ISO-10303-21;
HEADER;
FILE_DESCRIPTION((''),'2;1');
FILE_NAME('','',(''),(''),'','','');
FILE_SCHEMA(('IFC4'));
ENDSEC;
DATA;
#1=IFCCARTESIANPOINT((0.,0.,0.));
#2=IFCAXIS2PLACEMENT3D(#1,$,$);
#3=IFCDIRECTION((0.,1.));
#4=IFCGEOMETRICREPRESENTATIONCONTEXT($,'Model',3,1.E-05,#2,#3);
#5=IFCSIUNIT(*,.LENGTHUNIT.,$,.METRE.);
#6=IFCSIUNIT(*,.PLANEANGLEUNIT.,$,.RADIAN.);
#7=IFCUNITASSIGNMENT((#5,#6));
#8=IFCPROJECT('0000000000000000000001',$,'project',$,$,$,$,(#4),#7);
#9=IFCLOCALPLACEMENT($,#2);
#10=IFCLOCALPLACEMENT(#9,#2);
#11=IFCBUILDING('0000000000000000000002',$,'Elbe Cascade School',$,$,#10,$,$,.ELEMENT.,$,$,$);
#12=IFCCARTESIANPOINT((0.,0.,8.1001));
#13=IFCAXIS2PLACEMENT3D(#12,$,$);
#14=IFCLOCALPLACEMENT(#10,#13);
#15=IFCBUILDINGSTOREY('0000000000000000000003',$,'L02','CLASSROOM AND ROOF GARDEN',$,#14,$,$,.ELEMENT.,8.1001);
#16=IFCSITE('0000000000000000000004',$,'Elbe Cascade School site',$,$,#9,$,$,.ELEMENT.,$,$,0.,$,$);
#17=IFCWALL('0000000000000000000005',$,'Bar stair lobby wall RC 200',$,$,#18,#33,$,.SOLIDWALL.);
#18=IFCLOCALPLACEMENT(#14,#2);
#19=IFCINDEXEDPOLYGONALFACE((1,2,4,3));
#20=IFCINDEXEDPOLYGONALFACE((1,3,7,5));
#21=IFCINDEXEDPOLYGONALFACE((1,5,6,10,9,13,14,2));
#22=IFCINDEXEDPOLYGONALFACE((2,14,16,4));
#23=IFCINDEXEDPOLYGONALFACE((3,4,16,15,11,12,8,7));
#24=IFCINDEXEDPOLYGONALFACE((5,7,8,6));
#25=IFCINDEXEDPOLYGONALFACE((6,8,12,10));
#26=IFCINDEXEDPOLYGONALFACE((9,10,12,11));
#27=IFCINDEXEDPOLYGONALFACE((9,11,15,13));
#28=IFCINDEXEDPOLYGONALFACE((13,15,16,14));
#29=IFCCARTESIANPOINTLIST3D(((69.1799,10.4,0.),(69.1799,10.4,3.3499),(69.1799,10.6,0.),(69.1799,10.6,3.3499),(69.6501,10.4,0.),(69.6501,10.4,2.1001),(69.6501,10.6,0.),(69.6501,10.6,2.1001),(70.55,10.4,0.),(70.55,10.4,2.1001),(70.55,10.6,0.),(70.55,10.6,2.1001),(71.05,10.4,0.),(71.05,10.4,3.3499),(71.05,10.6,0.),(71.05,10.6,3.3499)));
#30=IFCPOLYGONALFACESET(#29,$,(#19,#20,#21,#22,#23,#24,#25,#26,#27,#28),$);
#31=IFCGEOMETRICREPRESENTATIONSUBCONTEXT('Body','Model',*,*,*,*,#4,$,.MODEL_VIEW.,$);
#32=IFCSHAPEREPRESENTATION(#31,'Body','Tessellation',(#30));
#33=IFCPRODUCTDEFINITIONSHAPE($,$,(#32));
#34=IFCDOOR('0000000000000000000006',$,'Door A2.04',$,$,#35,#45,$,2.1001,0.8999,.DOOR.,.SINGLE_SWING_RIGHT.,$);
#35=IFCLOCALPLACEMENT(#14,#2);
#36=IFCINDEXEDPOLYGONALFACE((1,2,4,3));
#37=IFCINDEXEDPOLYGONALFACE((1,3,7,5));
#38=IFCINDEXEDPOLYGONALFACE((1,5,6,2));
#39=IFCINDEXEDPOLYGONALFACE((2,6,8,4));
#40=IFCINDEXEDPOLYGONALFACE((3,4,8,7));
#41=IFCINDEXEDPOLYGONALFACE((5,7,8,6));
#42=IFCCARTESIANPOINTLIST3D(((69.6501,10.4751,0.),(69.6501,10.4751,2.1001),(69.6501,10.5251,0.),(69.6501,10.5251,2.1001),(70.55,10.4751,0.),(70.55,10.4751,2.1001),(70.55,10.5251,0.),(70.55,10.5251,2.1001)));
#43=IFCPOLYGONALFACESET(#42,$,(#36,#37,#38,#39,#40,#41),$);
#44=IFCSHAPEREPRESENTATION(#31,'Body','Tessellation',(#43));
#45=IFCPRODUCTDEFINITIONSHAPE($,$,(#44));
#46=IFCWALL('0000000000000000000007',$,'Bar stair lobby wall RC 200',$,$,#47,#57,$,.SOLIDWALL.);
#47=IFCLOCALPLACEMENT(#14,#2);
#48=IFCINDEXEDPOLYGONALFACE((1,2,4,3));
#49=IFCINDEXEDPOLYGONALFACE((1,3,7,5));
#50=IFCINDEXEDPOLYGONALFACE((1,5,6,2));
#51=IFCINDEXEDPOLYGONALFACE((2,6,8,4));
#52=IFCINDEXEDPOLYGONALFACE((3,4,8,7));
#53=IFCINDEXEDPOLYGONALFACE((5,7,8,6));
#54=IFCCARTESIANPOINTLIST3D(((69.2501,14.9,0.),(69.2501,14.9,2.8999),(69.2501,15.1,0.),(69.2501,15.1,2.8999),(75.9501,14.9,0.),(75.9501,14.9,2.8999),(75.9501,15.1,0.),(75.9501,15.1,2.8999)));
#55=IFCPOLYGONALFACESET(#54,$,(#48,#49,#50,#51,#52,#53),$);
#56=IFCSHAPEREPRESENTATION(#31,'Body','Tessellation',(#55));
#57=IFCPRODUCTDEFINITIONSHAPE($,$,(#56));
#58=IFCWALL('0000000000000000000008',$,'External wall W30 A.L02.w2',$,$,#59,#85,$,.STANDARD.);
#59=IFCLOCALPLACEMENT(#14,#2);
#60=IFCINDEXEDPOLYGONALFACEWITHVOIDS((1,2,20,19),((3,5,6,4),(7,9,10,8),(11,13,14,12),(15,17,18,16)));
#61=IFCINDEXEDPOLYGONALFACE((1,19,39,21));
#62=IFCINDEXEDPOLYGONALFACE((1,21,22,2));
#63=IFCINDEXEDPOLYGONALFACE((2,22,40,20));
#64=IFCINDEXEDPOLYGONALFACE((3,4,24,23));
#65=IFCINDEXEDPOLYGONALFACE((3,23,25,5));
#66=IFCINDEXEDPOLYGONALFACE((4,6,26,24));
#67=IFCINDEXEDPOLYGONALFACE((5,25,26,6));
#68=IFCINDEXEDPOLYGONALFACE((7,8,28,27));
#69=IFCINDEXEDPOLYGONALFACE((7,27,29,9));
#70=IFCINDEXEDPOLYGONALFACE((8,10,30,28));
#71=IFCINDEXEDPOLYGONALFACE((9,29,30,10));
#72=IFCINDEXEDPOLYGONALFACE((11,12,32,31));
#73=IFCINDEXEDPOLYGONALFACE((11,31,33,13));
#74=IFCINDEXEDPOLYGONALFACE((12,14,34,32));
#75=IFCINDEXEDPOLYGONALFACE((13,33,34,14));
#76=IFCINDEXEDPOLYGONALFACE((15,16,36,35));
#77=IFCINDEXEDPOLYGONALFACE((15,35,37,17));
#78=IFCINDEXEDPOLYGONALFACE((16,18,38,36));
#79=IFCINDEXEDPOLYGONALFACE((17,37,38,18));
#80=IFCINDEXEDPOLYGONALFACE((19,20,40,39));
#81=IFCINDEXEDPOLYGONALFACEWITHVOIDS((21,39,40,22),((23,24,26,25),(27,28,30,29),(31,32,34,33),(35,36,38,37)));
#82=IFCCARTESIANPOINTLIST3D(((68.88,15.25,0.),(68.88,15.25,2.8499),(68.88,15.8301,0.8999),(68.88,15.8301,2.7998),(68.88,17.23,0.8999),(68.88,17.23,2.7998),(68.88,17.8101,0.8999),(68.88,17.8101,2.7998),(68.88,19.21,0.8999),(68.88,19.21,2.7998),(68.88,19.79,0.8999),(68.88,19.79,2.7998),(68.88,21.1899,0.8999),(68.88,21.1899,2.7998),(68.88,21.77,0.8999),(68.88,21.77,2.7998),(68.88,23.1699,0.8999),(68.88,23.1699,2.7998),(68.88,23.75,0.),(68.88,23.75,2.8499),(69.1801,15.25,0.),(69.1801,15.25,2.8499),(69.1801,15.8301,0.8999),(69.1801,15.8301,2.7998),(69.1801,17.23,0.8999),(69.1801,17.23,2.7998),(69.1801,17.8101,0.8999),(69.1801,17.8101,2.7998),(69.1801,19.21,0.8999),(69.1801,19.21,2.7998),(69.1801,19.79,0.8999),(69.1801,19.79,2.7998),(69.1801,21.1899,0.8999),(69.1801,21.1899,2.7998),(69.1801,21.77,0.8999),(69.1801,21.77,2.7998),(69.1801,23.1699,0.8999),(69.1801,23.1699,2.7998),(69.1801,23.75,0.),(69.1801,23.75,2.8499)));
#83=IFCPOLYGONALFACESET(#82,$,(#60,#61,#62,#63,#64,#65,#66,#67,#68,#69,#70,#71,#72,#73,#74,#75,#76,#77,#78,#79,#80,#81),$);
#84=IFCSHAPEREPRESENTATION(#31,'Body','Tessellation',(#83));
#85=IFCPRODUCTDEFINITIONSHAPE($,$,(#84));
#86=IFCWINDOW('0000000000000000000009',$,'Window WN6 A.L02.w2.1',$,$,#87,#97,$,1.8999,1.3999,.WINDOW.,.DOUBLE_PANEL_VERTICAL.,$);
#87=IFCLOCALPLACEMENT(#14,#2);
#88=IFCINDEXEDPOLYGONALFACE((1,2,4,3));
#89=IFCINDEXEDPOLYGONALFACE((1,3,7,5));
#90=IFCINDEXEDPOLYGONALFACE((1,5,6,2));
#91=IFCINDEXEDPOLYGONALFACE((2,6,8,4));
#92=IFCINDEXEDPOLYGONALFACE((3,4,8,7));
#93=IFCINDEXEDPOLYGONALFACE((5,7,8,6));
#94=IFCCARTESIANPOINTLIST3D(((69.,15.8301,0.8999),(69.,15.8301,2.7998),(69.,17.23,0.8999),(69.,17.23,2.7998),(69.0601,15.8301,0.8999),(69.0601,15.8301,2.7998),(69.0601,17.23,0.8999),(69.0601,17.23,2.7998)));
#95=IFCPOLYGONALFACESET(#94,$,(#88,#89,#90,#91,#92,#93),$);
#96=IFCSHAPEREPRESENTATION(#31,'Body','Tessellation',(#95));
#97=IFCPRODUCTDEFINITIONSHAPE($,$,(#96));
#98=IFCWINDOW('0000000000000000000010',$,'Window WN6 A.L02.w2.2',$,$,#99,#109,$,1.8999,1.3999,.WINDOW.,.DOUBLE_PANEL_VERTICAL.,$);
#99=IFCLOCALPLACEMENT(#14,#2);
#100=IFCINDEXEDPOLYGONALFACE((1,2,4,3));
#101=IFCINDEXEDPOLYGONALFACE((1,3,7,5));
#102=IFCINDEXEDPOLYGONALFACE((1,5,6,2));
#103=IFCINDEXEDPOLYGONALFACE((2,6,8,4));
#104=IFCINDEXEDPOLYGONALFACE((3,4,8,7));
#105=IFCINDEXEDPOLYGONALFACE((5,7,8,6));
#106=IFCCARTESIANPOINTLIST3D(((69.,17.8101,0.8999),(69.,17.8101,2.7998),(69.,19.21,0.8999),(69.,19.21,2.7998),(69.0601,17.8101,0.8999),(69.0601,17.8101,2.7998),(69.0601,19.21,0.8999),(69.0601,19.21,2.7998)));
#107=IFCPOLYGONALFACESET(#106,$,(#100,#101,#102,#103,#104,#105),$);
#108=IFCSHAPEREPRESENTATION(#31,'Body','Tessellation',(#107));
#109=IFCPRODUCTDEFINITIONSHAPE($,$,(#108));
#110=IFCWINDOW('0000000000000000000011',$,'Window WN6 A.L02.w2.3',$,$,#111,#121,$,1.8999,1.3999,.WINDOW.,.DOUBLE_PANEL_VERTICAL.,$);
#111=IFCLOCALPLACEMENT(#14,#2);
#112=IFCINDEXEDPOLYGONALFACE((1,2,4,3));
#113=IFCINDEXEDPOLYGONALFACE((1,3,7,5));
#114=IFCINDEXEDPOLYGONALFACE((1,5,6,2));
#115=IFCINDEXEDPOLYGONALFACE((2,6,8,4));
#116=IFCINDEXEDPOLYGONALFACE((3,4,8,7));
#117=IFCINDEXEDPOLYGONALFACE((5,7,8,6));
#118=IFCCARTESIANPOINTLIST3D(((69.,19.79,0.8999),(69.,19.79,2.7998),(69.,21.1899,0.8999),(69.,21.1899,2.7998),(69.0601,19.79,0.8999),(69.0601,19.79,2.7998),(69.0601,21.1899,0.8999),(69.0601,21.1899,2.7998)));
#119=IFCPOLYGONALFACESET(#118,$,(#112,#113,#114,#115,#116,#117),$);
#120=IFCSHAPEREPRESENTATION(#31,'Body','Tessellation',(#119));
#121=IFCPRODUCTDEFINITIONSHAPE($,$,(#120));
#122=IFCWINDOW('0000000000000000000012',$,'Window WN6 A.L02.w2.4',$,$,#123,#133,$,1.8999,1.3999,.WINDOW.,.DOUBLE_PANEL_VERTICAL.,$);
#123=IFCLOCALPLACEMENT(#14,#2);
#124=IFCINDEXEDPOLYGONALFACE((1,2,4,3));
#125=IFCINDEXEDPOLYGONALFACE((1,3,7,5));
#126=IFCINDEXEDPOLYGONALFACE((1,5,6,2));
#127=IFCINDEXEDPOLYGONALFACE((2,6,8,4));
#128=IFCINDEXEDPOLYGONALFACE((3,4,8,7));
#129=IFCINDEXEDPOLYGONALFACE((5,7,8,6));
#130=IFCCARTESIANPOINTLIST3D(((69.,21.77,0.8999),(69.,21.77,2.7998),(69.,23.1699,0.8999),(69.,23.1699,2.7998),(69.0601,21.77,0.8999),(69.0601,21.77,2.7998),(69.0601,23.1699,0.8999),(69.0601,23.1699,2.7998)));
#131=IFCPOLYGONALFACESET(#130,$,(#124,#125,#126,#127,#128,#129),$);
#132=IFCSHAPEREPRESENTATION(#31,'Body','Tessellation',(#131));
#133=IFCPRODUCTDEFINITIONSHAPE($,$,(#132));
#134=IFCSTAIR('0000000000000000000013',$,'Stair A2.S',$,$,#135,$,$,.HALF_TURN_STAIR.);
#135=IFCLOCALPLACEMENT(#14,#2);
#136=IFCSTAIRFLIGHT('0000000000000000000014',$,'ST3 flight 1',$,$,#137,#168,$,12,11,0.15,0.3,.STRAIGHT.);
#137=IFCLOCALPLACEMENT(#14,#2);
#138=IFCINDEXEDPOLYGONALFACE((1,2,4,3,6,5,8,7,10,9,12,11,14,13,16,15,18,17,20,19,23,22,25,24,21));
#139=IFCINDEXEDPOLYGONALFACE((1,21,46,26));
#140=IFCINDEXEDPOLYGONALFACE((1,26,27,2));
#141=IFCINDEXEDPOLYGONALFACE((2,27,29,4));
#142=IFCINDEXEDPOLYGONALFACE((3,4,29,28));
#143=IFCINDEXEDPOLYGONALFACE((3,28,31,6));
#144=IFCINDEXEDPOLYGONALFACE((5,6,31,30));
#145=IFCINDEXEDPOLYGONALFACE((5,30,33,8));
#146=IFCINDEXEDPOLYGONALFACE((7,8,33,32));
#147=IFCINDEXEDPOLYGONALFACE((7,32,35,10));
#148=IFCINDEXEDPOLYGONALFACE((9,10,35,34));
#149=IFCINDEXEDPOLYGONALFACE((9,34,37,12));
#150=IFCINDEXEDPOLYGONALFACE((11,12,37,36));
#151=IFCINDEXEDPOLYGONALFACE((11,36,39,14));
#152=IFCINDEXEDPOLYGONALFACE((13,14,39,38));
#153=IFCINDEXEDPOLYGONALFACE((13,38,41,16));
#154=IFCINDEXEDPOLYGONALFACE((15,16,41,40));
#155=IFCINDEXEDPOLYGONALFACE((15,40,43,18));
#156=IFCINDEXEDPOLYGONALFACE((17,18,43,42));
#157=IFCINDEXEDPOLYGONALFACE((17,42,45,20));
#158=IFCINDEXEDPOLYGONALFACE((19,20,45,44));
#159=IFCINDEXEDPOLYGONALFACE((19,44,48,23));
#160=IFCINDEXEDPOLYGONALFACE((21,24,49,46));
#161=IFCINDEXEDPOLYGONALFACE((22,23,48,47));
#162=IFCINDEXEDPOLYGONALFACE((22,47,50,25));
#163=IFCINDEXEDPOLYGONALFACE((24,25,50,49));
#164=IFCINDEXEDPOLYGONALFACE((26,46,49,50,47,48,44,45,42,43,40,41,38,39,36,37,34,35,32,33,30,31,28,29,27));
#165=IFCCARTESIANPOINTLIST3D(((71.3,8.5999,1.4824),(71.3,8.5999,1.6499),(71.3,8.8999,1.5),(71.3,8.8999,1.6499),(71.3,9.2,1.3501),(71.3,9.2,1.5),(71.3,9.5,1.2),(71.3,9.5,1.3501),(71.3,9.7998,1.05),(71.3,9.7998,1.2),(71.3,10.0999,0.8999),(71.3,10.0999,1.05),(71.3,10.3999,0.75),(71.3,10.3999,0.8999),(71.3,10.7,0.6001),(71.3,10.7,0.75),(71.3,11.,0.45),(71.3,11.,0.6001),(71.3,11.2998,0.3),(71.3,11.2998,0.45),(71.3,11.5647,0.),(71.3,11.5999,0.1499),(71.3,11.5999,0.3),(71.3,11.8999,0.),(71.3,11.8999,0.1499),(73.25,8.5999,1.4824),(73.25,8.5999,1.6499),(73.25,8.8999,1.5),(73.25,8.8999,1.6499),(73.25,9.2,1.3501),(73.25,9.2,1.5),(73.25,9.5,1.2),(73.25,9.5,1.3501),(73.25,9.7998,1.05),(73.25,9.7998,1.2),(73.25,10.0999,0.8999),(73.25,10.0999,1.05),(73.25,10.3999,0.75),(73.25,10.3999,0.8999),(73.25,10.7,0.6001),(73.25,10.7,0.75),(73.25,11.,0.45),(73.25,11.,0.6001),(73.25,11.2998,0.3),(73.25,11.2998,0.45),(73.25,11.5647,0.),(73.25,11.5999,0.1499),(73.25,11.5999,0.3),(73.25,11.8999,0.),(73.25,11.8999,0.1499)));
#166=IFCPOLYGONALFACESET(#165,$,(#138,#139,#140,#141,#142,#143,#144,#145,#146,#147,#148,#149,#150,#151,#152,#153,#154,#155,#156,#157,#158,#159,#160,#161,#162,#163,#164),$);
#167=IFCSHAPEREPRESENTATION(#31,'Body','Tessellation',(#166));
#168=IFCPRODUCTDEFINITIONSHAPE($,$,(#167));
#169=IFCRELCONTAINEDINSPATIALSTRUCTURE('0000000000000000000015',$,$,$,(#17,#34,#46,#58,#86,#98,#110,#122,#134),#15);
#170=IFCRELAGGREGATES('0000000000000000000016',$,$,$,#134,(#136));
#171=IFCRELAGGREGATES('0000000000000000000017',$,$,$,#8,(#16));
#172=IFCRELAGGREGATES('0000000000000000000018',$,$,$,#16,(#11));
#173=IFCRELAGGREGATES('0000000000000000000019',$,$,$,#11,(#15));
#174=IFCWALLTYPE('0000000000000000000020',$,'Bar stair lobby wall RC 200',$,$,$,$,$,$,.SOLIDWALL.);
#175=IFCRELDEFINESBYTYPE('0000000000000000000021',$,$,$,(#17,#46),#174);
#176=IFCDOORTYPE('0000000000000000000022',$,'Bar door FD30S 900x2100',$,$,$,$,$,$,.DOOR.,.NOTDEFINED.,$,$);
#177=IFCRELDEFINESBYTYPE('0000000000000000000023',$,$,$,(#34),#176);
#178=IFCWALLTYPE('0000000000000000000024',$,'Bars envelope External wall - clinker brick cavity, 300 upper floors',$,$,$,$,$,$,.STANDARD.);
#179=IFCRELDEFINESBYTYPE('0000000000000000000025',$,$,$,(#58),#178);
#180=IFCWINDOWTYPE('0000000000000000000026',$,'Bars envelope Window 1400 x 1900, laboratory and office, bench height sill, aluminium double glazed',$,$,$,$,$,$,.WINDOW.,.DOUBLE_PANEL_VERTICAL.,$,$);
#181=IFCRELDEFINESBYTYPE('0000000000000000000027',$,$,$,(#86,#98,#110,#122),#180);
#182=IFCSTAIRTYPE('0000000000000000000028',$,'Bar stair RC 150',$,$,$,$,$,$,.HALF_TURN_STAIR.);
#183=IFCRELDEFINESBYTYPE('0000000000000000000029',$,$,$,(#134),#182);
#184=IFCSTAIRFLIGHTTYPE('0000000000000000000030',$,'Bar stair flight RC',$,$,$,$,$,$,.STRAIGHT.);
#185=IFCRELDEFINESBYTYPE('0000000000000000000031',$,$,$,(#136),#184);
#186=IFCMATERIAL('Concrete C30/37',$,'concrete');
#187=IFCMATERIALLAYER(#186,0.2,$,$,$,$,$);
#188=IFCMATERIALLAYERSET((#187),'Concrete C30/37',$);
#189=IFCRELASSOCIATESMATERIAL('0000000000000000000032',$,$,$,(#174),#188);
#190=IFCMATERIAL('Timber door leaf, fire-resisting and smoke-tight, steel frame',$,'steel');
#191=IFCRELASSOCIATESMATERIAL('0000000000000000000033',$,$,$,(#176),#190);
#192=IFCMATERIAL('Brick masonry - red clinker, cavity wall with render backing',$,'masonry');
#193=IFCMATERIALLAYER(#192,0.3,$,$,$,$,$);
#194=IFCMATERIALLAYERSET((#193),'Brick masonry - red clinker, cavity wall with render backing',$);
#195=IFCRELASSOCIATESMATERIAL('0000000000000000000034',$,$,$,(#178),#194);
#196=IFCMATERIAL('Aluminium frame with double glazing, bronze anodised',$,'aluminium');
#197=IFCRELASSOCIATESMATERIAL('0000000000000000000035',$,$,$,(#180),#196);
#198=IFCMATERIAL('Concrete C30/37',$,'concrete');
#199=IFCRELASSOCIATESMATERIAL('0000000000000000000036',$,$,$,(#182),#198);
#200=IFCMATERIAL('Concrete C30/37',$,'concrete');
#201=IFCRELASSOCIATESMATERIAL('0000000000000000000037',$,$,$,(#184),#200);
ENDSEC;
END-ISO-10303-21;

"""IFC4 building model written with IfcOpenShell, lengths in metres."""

from ifc_helpers import new_model, si_unit, direction, frame, frame_2d, origin, place, context, subcontext, project, spatial, polyline, rectangle, outline, extrude, material, layer, layer_set, type_object, element, fill, aggregate, save


model = new_model("IFC4")

# Units and contexts
model_context = context("Model", 3, precision=1e-05, world=origin(), true_north=direction((0.0, 1.0)))
body_context = subcontext(model_context, "Body", "Model", "MODEL_VIEW")
ifc_project = project(units=[si_unit("LENGTHUNIT", "METRE"), si_unit("PLANEANGLEUNIT", "RADIAN")], contexts=[model_context])

# Site, building, storey
site_placement = place(None, origin())
site = spatial("IfcSite", under=ifc_project, at=site_placement, Name="Elbe Cascade School site", CompositionType="ELEMENT", RefElevation=0.0)
building_placement = place(site_placement, origin())
building = spatial("IfcBuilding", under=site, at=building_placement, Name="Elbe Cascade School", CompositionType="ELEMENT")
storey_placement = place(building_placement, frame((0.0, 0.0, 8.1001)))
storey = spatial("IfcBuildingStorey", under=building, at=storey_placement, Name="L02", Description="CLASSROOM AND ROOF GARDEN", CompositionType="ELEMENT", Elevation=8.1001)

# Wall, opening, door
ifc_material_1 = material(Name="Concrete C30/37", Category="concrete")
ifc_layer_1 = layer(ifc_material_1, 0.2)
ifc_layer_set_1 = layer_set([ifc_layer_1], Name="Concrete C30/37")
wall_type_1 = type_object("IfcWallType", Name="Bar stair lobby wall RC 200", PredefinedType="SOLIDWALL", material=ifc_layer_set_1)
wall_1_placement = place(storey_placement, frame((71.05, 10.5, 0.0), z_axis=(0.0, 0.0, 1.0), x_axis=(-1.0, 0.0, 0.0)))
wall_1 = element("IfcWall", 1, at=wall_1_placement, inside=storey, type_object=wall_type_1, Name="Bar stair lobby wall RC 200", PredefinedType="SOLIDWALL", context=body_context, shape_type="SweptSolid", body=[
    extrude(rectangle(XDim=1.8701, YDim=0.2, at=frame_2d((0.9351, 0.0))), origin(), (0.0, 0.0, 1.0), 3.3499),
])
opening_1_placement = place(wall_1_placement, frame((0.5, 0.0, 0.0)))
opening_1 = element("IfcOpeningElement", 2, at=opening_1_placement, cuts=wall_1, PredefinedType="OPENING", context=body_context, shape_type="SweptSolid", body=[
    extrude(rectangle(XDim=0.8999, YDim=2.1001, at=frame_2d((0.45, 1.05))), frame((0.0, 0.1099, 0.0), z_axis=(0.0, -1.0, 0.0), x_axis=(1.0, 0.0, 0.0)), (0.0, 0.0, 1.0), 0.22),
])
ifc_material_2 = material(Name="Timber door leaf, fire-resisting and smoke-tight, steel frame", Category="steel")
door_type_1 = type_object("IfcDoorType", Name="Bar door FD30S 900x2100", OperationType="NOTDEFINED", PredefinedType="DOOR", material=ifc_material_2)
door_1_placement = place(opening_1_placement, origin())
door_1 = element("IfcDoor", 3, at=door_1_placement, inside=storey, type_object=door_type_1, Name="Door A2.04", OperationType="SINGLE_SWING_RIGHT", OverallHeight=2.1001, OverallWidth=0.8999, PredefinedType="DOOR", context=body_context, shape_type="SweptSolid", body=[
    extrude(rectangle(XDim=0.8999, YDim=2.1001, at=frame_2d((0.45, 1.05))), frame((0.0, 0.0249, 0.0), z_axis=(0.0, -1.0, 0.0), x_axis=(1.0, 0.0, 0.0)), (0.0, 0.0, 1.0), 0.05),
])
fill(opening_1, door_1)

# Wall
wall_2_placement = place(storey_placement, frame((69.25, 15.0, 0.0), z_axis=(0.0, 0.0, 1.0), x_axis=(1.0, 0.0, 0.0)))
element("IfcWall", 4, at=wall_2_placement, inside=storey, type_object=wall_type_1, Name="Bar stair lobby wall RC 200", PredefinedType="SOLIDWALL", context=body_context, shape_type="SweptSolid", body=[
    extrude(rectangle(XDim=6.7, YDim=0.2, at=frame_2d((3.3501, 0.0))), origin(), (0.0, 0.0, 1.0), 2.8999),
])

# Wall, openings, windows
ifc_material_3 = material(Name="Brick masonry - red clinker, cavity wall with render backing", Category="masonry")
ifc_layer_2 = layer(ifc_material_3, 0.3)
ifc_layer_set_2 = layer_set([ifc_layer_2], Name="Brick masonry - red clinker, cavity wall with render backing")
wall_type_2 = type_object("IfcWallType", Name="Bars envelope External wall - clinker brick cavity, 300 upper floors", PredefinedType="STANDARD", material=ifc_layer_set_2)
wall_3_placement = place(storey_placement, frame((69.03, 15.25, 0.0), z_axis=(0.0, 0.0, 1.0), x_axis=(0.0, 1.0, 0.0)))
wall_3 = element("IfcWall", 5, at=wall_3_placement, inside=storey, type_object=wall_type_2, Name="External wall W30 A.L02.w2", PredefinedType="STANDARD", context=body_context, shape_type="SweptSolid", body=[
    extrude(rectangle(XDim=8.5, YDim=0.3, at=frame_2d((4.25, 0.0))), origin(), (0.0, 0.0, 1.0), 2.8499),
])
opening_2_placement = place(wall_3_placement, frame((0.5801, 0.0, 0.8999)))
opening_2 = element("IfcOpeningElement", 6, at=opening_2_placement, cuts=wall_3, PredefinedType="OPENING", context=body_context, shape_type="SweptSolid", body=[
    extrude(rectangle(XDim=1.3999, YDim=1.8999, at=frame_2d((0.7, 0.95))), frame((0.0, 0.1599, 0.0), z_axis=(0.0, -1.0, 0.0), x_axis=(1.0, 0.0, 0.0)), (0.0, 0.0, 1.0), 0.3201),
])
opening_3_placement = place(wall_3_placement, frame((2.5601, 0.0, 0.8999)))
opening_3 = element("IfcOpeningElement", 7, at=opening_3_placement, cuts=wall_3, PredefinedType="OPENING", context=body_context, shape_type="SweptSolid", body=[
    extrude(rectangle(XDim=1.3999, YDim=1.8999, at=frame_2d((0.7, 0.95))), frame((0.0, 0.1599, 0.0), z_axis=(0.0, -1.0, 0.0), x_axis=(1.0, 0.0, 0.0)), (0.0, 0.0, 1.0), 0.3201),
])
opening_4_placement = place(wall_3_placement, frame((4.54, 0.0, 0.8999)))
opening_4 = element("IfcOpeningElement", 8, at=opening_4_placement, cuts=wall_3, PredefinedType="OPENING", context=body_context, shape_type="SweptSolid", body=[
    extrude(rectangle(XDim=1.3999, YDim=1.8999, at=frame_2d((0.7, 0.95))), frame((0.0, 0.1599, 0.0), z_axis=(0.0, -1.0, 0.0), x_axis=(1.0, 0.0, 0.0)), (0.0, 0.0, 1.0), 0.3201),
])
opening_5_placement = place(wall_3_placement, frame((6.52, 0.0, 0.8999)))
opening_5 = element("IfcOpeningElement", 9, at=opening_5_placement, cuts=wall_3, PredefinedType="OPENING", context=body_context, shape_type="SweptSolid", body=[
    extrude(rectangle(XDim=1.3999, YDim=1.8999, at=frame_2d((0.7, 0.95))), frame((0.0, 0.1599, 0.0), z_axis=(0.0, -1.0, 0.0), x_axis=(1.0, 0.0, 0.0)), (0.0, 0.0, 1.0), 0.3201),
])
ifc_material_4 = material(Name="Aluminium frame with double glazing, bronze anodised", Category="aluminium")
window_type = type_object("IfcWindowType", Name="Bars envelope Window 1400 x 1900, laboratory and office, bench height sill, aluminium double glazed", PartitioningType="DOUBLE_PANEL_VERTICAL", PredefinedType="WINDOW", material=ifc_material_4)
window_1_placement = place(opening_2_placement, origin())
window_1 = element("IfcWindow", 10, at=window_1_placement, inside=storey, type_object=window_type, Name="Window WN6 A.L02.w2.1", OverallHeight=1.8999, OverallWidth=1.3999, PartitioningType="DOUBLE_PANEL_VERTICAL", PredefinedType="WINDOW", context=body_context, shape_type="SweptSolid", body=[
    extrude(rectangle(XDim=1.3999, YDim=1.8999, at=frame_2d((0.7, 0.95))), frame((0.0, 0.03, 0.0), z_axis=(0.0, -1.0, 0.0), x_axis=(1.0, 0.0, 0.0)), (0.0, 0.0, 1.0), 0.0601),
])
fill(opening_2, window_1)
window_2_placement = place(opening_3_placement, origin())
window_2 = element("IfcWindow", 11, at=window_2_placement, inside=storey, type_object=window_type, Name="Window WN6 A.L02.w2.2", OverallHeight=1.8999, OverallWidth=1.3999, PartitioningType="DOUBLE_PANEL_VERTICAL", PredefinedType="WINDOW", context=body_context, shape_type="SweptSolid", body=[
    extrude(rectangle(XDim=1.3999, YDim=1.8999, at=frame_2d((0.7, 0.95))), frame((0.0, 0.03, 0.0), z_axis=(0.0, -1.0, 0.0), x_axis=(1.0, 0.0, 0.0)), (0.0, 0.0, 1.0), 0.0601),
])
fill(opening_3, window_2)
window_3_placement = place(opening_4_placement, origin())
window_3 = element("IfcWindow", 12, at=window_3_placement, inside=storey, type_object=window_type, Name="Window WN6 A.L02.w2.3", OverallHeight=1.8999, OverallWidth=1.3999, PartitioningType="DOUBLE_PANEL_VERTICAL", PredefinedType="WINDOW", context=body_context, shape_type="SweptSolid", body=[
    extrude(rectangle(XDim=1.3999, YDim=1.8999, at=frame_2d((0.7, 0.95))), frame((0.0, 0.03, 0.0), z_axis=(0.0, -1.0, 0.0), x_axis=(1.0, 0.0, 0.0)), (0.0, 0.0, 1.0), 0.0601),
])
fill(opening_4, window_3)
window_4_placement = place(opening_5_placement, origin())
window_4 = element("IfcWindow", 13, at=window_4_placement, inside=storey, type_object=window_type, Name="Window WN6 A.L02.w2.4", OverallHeight=1.8999, OverallWidth=1.3999, PartitioningType="DOUBLE_PANEL_VERTICAL", PredefinedType="WINDOW", context=body_context, shape_type="SweptSolid", body=[
    extrude(rectangle(XDim=1.3999, YDim=1.8999, at=frame_2d((0.7, 0.95))), frame((0.0, 0.03, 0.0), z_axis=(0.0, -1.0, 0.0), x_axis=(1.0, 0.0, 0.0)), (0.0, 0.0, 1.0), 0.0601),
])
fill(opening_5, window_4)

# Stair, stair flight
ifc_material_5 = material(Name="Concrete C30/37", Category="concrete")
stair_type = type_object("IfcStairType", Name="Bar stair RC 150", PredefinedType="HALF_TURN_STAIR", material=ifc_material_5)
stair_placement = place(storey_placement, origin())
stair = element("IfcStair", 14, at=stair_placement, inside=storey, type_object=stair_type, Name="Stair A2.S", PredefinedType="HALF_TURN_STAIR")
ifc_material_6 = material(Name="Concrete C30/37", Category="concrete")
stair_flight_type = type_object("IfcStairFlightType", Name="Bar stair flight RC", PredefinedType="STRAIGHT", material=ifc_material_6)
stair_flight_1_placement = place(storey_placement, frame((72.2749, 11.8999, 0.0), z_axis=(0.0, 0.0, 1.0), x_axis=(0.0, -1.0, 0.0)))
stair_flight_1 = element("IfcStairFlight", 15, at=stair_flight_1_placement, type_object=stair_flight_type, Name="ST3 flight 1", NumberOfRisers=12, NumberOfTreads=11, PredefinedType="STRAIGHT", RiserHeight=0.15, TreadLength=0.3, context=body_context, shape_type="SweptSolid", body=[
    extrude(outline(polyline([(0.0, 0.0), (0.0, 0.1499), (0.3, 0.1499), (0.3, 0.3), (0.6001, 0.3), (0.6001, 0.45), (0.8999, 0.45), (0.8999, 0.6001), (1.2, 0.6001), (1.2, 0.75), (1.5, 0.75), (1.5, 0.8999), (1.8, 0.8999), (1.8, 1.05), (2.1001, 1.05), (2.1001, 1.2), (2.3999, 1.2), (2.3999, 1.3501), (2.7, 1.3501), (2.7, 1.5), (3.0, 1.5), (3.0, 1.6499), (3.3, 1.6499), (3.3, 1.8), (3.3, 1.4824), (0.3352, 0.0), (0.0, 0.0)])), frame((0.0, 0.9751, 0.0), z_axis=(0.0, -1.0, 0.0), x_axis=(1.0, 0.0, 0.0)), (0.0, 0.0, 1.0), 1.95),
])
aggregate(stair, [stair_flight_1])

save(model, "model.ifc")
